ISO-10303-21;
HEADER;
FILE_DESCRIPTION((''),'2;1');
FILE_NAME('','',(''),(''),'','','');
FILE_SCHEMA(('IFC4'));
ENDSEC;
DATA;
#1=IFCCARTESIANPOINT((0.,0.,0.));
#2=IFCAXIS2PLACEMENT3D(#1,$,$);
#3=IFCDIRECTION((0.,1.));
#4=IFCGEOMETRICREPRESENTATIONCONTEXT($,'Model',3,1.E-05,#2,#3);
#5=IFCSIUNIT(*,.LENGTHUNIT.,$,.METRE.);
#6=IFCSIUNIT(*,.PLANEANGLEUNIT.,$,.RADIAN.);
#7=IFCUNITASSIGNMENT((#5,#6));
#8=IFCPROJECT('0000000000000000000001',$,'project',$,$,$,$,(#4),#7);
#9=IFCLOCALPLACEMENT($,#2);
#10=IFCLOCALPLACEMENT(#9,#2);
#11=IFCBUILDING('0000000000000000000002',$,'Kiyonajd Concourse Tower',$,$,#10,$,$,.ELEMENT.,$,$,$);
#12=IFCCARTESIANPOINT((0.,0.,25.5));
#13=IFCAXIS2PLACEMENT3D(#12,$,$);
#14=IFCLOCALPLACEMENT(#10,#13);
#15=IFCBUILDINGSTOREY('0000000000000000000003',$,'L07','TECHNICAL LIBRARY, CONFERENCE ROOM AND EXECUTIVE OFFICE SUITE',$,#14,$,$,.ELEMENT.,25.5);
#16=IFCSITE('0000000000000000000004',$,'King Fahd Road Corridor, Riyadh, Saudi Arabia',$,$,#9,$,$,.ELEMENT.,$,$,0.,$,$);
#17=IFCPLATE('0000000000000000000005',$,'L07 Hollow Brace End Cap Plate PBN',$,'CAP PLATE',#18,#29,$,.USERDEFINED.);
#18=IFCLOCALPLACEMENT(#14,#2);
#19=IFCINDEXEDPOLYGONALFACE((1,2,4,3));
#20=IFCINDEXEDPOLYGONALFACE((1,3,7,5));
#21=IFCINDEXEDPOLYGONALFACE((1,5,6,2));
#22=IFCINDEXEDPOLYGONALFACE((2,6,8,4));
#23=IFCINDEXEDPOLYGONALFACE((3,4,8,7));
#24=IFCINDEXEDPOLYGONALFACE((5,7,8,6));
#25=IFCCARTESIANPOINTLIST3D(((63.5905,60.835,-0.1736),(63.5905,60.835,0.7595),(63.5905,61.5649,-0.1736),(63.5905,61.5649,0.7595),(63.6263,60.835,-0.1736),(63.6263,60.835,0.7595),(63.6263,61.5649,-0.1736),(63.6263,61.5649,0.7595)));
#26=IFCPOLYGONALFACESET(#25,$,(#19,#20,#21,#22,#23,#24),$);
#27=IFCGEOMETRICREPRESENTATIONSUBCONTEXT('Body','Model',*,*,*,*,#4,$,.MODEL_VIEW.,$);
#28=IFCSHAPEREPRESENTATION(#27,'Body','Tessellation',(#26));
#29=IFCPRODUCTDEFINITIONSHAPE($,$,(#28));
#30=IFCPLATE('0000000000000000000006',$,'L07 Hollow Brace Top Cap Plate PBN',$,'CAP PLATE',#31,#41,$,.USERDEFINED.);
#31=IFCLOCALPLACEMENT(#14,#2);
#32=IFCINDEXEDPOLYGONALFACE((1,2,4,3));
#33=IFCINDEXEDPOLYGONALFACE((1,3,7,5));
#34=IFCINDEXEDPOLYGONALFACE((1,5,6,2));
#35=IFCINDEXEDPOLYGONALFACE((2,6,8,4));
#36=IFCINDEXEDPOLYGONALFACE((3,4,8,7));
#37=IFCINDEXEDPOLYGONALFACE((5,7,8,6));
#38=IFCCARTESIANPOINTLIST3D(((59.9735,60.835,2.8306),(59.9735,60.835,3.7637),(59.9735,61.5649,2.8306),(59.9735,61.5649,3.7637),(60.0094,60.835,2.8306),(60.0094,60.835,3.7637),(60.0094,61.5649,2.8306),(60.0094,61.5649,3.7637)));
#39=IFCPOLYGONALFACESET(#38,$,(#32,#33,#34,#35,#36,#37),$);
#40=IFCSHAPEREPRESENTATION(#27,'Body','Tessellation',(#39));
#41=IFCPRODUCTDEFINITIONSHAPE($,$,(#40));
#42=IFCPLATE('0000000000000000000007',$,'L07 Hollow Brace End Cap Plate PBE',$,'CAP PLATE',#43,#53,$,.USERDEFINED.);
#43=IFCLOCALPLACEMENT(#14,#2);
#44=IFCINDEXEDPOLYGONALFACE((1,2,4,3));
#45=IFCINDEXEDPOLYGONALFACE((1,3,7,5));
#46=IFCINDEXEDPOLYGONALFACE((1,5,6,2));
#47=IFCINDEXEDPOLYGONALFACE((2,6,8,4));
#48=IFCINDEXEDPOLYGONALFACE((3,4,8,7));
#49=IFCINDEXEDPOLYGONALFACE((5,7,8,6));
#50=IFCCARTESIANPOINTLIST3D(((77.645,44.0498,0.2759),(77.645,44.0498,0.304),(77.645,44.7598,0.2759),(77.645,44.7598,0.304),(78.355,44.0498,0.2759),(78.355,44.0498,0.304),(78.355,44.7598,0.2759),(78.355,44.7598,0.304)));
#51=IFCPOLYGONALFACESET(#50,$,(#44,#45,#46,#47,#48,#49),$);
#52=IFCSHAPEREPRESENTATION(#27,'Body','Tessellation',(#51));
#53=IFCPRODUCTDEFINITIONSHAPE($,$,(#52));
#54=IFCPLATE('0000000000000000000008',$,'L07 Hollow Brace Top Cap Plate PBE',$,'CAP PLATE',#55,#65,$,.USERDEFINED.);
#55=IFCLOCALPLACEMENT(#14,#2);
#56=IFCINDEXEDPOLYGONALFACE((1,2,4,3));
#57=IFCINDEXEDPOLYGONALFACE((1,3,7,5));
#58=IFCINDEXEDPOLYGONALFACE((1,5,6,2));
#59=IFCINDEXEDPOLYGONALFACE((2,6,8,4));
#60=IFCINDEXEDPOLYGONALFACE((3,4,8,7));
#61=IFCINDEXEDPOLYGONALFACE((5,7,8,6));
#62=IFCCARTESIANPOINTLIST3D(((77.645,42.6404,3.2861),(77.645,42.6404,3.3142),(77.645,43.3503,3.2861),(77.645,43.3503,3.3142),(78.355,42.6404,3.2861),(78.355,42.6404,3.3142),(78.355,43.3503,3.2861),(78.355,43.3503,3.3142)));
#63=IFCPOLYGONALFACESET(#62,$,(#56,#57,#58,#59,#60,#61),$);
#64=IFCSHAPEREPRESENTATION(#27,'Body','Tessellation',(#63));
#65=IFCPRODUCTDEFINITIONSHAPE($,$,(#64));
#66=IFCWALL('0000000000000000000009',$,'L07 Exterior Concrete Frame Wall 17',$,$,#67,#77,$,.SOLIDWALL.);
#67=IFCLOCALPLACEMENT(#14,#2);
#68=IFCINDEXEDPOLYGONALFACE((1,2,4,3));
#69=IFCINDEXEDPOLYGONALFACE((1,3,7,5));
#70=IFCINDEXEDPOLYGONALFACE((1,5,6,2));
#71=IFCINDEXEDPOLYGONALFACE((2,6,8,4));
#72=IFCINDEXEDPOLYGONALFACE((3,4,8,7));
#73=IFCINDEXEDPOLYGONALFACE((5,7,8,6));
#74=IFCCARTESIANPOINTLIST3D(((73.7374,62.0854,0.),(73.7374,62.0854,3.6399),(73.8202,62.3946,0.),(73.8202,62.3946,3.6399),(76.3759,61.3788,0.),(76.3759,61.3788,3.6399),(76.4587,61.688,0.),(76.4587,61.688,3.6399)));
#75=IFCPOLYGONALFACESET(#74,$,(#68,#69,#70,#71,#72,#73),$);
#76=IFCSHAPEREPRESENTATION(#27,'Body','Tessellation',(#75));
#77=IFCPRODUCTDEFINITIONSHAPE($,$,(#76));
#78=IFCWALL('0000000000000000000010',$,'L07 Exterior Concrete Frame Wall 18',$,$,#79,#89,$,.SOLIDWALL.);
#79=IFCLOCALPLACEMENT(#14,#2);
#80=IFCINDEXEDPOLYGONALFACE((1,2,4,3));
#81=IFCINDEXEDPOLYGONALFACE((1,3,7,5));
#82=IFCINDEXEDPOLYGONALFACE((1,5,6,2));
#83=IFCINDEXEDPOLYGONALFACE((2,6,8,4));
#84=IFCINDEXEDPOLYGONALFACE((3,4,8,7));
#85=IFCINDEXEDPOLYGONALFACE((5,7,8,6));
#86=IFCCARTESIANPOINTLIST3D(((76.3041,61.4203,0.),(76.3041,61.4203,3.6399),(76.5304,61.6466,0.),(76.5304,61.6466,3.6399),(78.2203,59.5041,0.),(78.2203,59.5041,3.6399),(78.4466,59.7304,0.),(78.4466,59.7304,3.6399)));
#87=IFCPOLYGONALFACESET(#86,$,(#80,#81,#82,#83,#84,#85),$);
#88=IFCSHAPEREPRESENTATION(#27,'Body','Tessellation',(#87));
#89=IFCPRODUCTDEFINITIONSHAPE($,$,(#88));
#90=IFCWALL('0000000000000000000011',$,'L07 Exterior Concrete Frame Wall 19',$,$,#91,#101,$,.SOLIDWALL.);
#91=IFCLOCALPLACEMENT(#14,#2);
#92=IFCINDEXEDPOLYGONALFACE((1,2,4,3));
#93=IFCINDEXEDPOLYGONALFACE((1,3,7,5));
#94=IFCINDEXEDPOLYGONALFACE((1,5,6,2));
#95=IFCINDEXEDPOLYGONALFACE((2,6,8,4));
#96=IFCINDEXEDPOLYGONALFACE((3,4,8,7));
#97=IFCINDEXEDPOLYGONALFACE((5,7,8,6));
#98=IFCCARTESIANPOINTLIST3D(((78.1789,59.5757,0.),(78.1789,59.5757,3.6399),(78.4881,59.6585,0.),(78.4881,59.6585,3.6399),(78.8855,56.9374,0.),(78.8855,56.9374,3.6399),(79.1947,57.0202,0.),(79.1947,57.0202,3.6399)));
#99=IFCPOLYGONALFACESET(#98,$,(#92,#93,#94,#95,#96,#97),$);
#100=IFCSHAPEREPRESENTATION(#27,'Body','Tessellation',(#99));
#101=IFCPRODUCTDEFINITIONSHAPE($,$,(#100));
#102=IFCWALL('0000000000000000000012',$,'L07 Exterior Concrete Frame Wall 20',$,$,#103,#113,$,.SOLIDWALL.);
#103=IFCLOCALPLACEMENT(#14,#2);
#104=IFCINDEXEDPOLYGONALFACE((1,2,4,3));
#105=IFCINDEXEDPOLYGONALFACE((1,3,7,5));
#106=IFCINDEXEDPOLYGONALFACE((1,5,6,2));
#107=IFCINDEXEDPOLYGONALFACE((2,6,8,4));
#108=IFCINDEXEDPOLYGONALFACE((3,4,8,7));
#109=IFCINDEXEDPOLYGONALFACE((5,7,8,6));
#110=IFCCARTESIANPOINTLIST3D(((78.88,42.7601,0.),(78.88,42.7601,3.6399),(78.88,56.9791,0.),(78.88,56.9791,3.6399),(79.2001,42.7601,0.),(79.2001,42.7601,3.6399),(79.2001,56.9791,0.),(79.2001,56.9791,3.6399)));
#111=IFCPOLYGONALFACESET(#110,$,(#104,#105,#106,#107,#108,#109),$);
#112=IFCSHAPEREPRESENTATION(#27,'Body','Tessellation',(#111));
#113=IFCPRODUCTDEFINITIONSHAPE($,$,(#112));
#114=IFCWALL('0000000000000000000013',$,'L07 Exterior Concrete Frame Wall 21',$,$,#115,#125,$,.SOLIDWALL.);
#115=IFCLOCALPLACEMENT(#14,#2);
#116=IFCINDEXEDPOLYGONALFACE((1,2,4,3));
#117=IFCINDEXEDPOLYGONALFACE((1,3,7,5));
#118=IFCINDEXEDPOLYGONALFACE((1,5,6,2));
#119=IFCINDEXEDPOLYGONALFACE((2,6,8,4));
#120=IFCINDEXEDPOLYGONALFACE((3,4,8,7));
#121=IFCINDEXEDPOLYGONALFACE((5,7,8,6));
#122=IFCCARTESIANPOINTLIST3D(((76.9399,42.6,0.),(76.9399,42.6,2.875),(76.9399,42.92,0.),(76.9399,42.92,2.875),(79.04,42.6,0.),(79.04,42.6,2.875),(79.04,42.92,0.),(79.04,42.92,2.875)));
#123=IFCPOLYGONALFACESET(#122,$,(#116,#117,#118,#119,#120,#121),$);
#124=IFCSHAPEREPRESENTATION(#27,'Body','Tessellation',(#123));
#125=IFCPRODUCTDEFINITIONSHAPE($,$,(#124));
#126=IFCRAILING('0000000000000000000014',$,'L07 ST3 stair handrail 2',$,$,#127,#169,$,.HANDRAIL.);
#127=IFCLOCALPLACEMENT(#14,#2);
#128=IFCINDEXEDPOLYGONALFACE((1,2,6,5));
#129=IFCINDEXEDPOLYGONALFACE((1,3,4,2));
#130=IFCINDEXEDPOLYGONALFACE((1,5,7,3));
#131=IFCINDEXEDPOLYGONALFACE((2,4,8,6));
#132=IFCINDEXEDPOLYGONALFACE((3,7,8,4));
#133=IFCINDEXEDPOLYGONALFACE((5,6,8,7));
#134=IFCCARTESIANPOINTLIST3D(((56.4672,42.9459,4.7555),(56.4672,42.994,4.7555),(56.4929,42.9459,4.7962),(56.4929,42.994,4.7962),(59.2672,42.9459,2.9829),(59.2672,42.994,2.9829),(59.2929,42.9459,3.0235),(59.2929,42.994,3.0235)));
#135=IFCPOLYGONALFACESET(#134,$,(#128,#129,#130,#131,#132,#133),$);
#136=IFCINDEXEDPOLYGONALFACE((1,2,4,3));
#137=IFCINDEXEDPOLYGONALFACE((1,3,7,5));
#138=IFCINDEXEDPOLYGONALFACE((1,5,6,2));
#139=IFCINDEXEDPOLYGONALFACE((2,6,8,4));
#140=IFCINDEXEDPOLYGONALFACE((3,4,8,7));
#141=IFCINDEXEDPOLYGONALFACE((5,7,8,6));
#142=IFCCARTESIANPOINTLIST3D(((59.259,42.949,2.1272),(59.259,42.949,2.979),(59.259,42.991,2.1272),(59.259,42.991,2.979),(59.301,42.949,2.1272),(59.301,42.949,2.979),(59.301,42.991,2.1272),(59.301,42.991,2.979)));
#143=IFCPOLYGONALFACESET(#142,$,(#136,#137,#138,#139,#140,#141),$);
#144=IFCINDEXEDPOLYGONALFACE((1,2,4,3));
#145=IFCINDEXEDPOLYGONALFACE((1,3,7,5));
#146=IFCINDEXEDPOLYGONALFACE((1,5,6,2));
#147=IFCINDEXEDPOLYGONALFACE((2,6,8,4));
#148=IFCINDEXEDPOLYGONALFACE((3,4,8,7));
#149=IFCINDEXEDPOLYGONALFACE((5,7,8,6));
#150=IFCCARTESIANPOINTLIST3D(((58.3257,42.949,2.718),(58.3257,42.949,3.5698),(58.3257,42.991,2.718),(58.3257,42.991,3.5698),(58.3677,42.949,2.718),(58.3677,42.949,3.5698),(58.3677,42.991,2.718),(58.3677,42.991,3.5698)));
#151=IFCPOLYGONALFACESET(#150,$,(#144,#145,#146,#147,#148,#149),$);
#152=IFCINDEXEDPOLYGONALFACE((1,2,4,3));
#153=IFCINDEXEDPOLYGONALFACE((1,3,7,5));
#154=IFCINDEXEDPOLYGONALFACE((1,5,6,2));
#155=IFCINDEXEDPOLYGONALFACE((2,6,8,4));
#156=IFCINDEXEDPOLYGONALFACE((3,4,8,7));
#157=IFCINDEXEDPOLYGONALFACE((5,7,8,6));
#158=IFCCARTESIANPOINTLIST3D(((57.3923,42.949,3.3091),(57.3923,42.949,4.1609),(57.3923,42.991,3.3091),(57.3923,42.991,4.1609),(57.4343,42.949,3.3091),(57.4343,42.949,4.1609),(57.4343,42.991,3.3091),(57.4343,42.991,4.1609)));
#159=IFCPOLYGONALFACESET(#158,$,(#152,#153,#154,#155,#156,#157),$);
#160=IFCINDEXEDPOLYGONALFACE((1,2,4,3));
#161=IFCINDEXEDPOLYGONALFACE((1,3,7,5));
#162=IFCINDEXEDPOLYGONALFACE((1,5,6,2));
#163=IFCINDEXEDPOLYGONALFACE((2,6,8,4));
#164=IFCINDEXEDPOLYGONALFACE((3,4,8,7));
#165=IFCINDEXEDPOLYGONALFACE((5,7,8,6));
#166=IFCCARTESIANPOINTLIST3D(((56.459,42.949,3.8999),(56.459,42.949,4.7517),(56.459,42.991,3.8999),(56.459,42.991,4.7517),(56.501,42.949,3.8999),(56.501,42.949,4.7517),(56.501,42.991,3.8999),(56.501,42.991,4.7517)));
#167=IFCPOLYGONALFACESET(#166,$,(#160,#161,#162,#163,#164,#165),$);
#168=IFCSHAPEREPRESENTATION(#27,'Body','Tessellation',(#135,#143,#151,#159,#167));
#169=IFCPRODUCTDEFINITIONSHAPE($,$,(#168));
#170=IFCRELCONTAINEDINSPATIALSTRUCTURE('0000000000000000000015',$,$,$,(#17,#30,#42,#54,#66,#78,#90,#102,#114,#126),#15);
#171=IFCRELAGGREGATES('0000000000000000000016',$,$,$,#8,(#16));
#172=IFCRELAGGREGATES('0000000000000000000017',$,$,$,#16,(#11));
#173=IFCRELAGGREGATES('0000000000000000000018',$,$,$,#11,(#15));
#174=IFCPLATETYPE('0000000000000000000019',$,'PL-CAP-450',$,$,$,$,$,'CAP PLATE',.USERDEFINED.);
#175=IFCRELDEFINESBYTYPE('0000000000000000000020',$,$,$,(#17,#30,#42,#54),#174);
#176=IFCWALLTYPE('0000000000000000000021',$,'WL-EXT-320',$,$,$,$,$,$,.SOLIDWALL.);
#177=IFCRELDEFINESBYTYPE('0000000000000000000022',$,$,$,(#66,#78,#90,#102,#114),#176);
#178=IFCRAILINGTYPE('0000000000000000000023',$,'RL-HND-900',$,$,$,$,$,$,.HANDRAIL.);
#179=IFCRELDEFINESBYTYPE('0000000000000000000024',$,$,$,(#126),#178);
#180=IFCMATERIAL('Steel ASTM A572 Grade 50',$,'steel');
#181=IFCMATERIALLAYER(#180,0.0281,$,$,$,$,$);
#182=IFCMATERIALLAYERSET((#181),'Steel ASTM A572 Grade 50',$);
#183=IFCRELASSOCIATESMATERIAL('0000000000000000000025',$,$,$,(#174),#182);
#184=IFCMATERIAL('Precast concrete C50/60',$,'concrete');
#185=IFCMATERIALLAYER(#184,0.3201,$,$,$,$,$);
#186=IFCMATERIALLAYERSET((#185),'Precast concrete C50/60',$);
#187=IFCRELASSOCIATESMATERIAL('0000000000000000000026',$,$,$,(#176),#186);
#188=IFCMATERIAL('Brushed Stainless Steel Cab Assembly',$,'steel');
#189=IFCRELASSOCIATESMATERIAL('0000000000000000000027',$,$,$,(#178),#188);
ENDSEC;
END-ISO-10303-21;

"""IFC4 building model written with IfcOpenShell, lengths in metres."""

from ifc_helpers import new_model, si_unit, direction, frame, frame_2d, origin, origin_2d, place, context, subcontext, project, spatial, rectangle, extrude, material, layer, layer_set, type_object, element, save


model = new_model("IFC4")

# Units and contexts
model_context = context("Model", 3, precision=1e-05, world=origin(), true_north=direction((0.0, 1.0)))
body_context = subcontext(model_context, "Body", "Model", "MODEL_VIEW")
ifc_project = project(units=[si_unit("LENGTHUNIT", "METRE"), si_unit("PLANEANGLEUNIT", "RADIAN")], contexts=[model_context])

# Site, building, storey
site_placement = place(None, origin())
site = spatial("IfcSite", under=ifc_project, at=site_placement, Name="King Fahd Road Corridor, Riyadh, Saudi Arabia", CompositionType="ELEMENT", RefElevation=0.0)
building_placement = place(site_placement, origin())
building = spatial("IfcBuilding", under=site, at=building_placement, Name="Kiyonajd Concourse Tower", CompositionType="ELEMENT")
storey_placement = place(building_placement, frame((0.0, 0.0, 25.5)))
storey = spatial("IfcBuildingStorey", under=building, at=storey_placement, Name="L07", Description="TECHNICAL LIBRARY, CONFERENCE ROOM AND EXECUTIVE OFFICE SUITE", CompositionType="ELEMENT", Elevation=25.5)

# Shared definitions
ifc_material_1 = material(Name="Precast concrete C50/60", Category="concrete")

# Shared definitions
ifc_material_2 = material(Name="Steel ASTM A572 Grade 50", Category="steel")

# Plates
ifc_layer_1 = layer(ifc_material_2, 0.0281)
ifc_layer_set_1 = layer_set([ifc_layer_1], Name="Steel ASTM A572 Grade 50")
plate_type = type_object("IfcPlateType", Name="PL-CAP-450", ElementType="CAP PLATE", PredefinedType="USERDEFINED", material=ifc_layer_set_1)
for number, where, z_axis, x_axis, name in (
    (1, (63.6084, 61.2, -0.1736), (0.0, 0.0, 1.0), (1.0, 0.0, 0.0), "L07 Hollow Brace End Cap Plate PBN"),
    (2, (59.9915, 61.2, 2.8306), (0.0, 0.0, 1.0), (-1.0, 0.0, 0.0), "L07 Hollow Brace Top Cap Plate PBN"),
):
    element("IfcPlate", number, at=place(storey_placement, frame(where, z_axis=z_axis, x_axis=x_axis)), inside=storey, type_object=plate_type, Name=name, ObjectType="CAP PLATE", PredefinedType="USERDEFINED", context=body_context, shape_type="SweptSolid", body=[
        extrude(rectangle(XDim=0.0359, YDim=0.73, at=origin_2d()), origin(), (0.0, 0.0, 1.0), 0.9331),
    ])
for number, where, z_axis, x_axis, name in (
    (3, (78.0, 44.4048, 0.2759), (0.0, 0.0, 1.0), (1.0, 0.0, 0.0), "L07 Hollow Brace End Cap Plate PBE"),
    (4, (78.0, 42.9954, 3.2861), (0.0, 0.0, 1.0), (1.0, 0.0, 0.0), "L07 Hollow Brace Top Cap Plate PBE"),
):
    element("IfcPlate", number, at=place(storey_placement, frame(where, z_axis=z_axis, x_axis=x_axis)), inside=storey, type_object=plate_type, Name=name, ObjectType="CAP PLATE", PredefinedType="USERDEFINED", context=body_context, shape_type="SweptSolid", body=[
        extrude(rectangle(XDim=0.71, YDim=0.71, at=origin_2d()), origin(), (0.0, 0.0, 1.0), 0.0281),
    ])

# Walls
ifc_layer_2 = layer(ifc_material_1, 0.3201)
ifc_layer_set_2 = layer_set([ifc_layer_2], Name="Precast concrete C50/60")
wall_type = type_object("IfcWallType", Name="WL-EXT-320", PredefinedType="SOLIDWALL", material=ifc_layer_set_2)
wall_1_placement = place(storey_placement, frame((73.7788, 62.24, 0.0), z_axis=(0.0, 0.0, 1.0), x_axis=(0.965964, -0.258675, 0.0)))
element("IfcWall", 5, at=wall_1_placement, inside=storey, type_object=wall_type, Name="L07 Exterior Concrete Frame Wall 17", PredefinedType="SOLIDWALL", context=body_context, shape_type="SweptSolid", body=[
    extrude(rectangle(XDim=2.7314, YDim=0.3201, at=frame_2d((1.3657, 0.0))), origin(), (0.0, 0.0, 1.0), 3.6399),
])
wall_2_placement = place(storey_placement, frame((76.4172, 61.5334, 0.0), z_axis=(0.0, 0.0, 1.0), x_axis=(0.707107, -0.707107, 0.0)))
element("IfcWall", 6, at=wall_2_placement, inside=storey, type_object=wall_type, Name="L07 Exterior Concrete Frame Wall 18", PredefinedType="SOLIDWALL", context=body_context, shape_type="SweptSolid", body=[
    extrude(rectangle(XDim=2.71, YDim=0.3201, at=frame_2d((1.355, 0.0))), origin(), (0.0, 0.0, 1.0), 3.6399),
])
wall_3_placement = place(storey_placement, frame((78.3335, 59.6172, 0.0), z_axis=(0.0, 0.0, 1.0), x_axis=(0.258697, -0.965958, 0.0)))
element("IfcWall", 7, at=wall_3_placement, inside=storey, type_object=wall_type, Name="L07 Exterior Concrete Frame Wall 19", PredefinedType="SOLIDWALL", context=body_context, shape_type="SweptSolid", body=[
    extrude(rectangle(XDim=2.7312, YDim=0.3201, at=frame_2d((1.3657, 0.0))), origin(), (0.0, 0.0, 1.0), 3.6399),
])
wall_4_placement = place(storey_placement, frame((79.04, 56.979, 0.0), z_axis=(0.0, 0.0, 1.0), x_axis=(0.0, -1.0, 0.0)))
element("IfcWall", 8, at=wall_4_placement, inside=storey, type_object=wall_type, Name="L07 Exterior Concrete Frame Wall 20", PredefinedType="SOLIDWALL", context=body_context, shape_type="SweptSolid", body=[
    extrude(rectangle(XDim=14.219, YDim=0.3201, at=frame_2d((7.1094, 0.0))), origin(), (0.0, 0.0, 1.0), 3.6399),
])
wall_5_placement = place(storey_placement, frame((79.04, 42.76, 0.0), z_axis=(0.0, 0.0, 1.0), x_axis=(-1.0, 0.0, 0.0)))
element("IfcWall", 9, at=wall_5_placement, inside=storey, type_object=wall_type, Name="L07 Exterior Concrete Frame Wall 21", PredefinedType="SOLIDWALL", context=body_context, shape_type="SweptSolid", body=[
    extrude(rectangle(XDim=2.1001, YDim=0.3201, at=frame_2d((1.05, 0.0))), origin(), (0.0, 0.0, 1.0), 2.875),
])

# Railing
ifc_material_3 = material(Name="Brushed Stainless Steel Cab Assembly", Category="steel")
railing_type = type_object("IfcRailingType", Name="RL-HND-900", PredefinedType="HANDRAIL", material=ifc_material_3)
railing_placement = place(storey_placement, frame((59.28, 42.97, 2.1272)))
element("IfcRailing", 10, at=railing_placement, inside=storey, type_object=railing_type, Name="L07 ST3 stair handrail 2", PredefinedType="HANDRAIL", context=body_context, shape_type="SweptSolid", body=[
    extrude(rectangle(XDim=0.0481, YDim=0.0481, at=origin_2d()), frame((0.0, 0.0, 0.876), z_axis=(-0.844909, 0.0, 0.53491), x_axis=(0.0, -1.0, 0.0)), (0.0, 0.0, 1.0), 3.314),
    extrude(rectangle(XDim=0.042, YDim=0.042, at=origin_2d()), origin(), (0.0, 0.0, 1.0), 0.8518),
    extrude(rectangle(XDim=0.042, YDim=0.042, at=origin_2d()), frame((-0.9333, 0.0, 0.5908)), (0.0, 0.0, 1.0), 0.8518),
    extrude(rectangle(XDim=0.042, YDim=0.042, at=origin_2d()), frame((-1.8667, 0.0, 1.1819)), (0.0, 0.0, 1.0), 0.8518),
    extrude(rectangle(XDim=0.042, YDim=0.042, at=origin_2d()), frame((-2.8, 0.0, 1.7727)), (0.0, 0.0, 1.0), 0.8518),
])

save(model, "model.ifc")
